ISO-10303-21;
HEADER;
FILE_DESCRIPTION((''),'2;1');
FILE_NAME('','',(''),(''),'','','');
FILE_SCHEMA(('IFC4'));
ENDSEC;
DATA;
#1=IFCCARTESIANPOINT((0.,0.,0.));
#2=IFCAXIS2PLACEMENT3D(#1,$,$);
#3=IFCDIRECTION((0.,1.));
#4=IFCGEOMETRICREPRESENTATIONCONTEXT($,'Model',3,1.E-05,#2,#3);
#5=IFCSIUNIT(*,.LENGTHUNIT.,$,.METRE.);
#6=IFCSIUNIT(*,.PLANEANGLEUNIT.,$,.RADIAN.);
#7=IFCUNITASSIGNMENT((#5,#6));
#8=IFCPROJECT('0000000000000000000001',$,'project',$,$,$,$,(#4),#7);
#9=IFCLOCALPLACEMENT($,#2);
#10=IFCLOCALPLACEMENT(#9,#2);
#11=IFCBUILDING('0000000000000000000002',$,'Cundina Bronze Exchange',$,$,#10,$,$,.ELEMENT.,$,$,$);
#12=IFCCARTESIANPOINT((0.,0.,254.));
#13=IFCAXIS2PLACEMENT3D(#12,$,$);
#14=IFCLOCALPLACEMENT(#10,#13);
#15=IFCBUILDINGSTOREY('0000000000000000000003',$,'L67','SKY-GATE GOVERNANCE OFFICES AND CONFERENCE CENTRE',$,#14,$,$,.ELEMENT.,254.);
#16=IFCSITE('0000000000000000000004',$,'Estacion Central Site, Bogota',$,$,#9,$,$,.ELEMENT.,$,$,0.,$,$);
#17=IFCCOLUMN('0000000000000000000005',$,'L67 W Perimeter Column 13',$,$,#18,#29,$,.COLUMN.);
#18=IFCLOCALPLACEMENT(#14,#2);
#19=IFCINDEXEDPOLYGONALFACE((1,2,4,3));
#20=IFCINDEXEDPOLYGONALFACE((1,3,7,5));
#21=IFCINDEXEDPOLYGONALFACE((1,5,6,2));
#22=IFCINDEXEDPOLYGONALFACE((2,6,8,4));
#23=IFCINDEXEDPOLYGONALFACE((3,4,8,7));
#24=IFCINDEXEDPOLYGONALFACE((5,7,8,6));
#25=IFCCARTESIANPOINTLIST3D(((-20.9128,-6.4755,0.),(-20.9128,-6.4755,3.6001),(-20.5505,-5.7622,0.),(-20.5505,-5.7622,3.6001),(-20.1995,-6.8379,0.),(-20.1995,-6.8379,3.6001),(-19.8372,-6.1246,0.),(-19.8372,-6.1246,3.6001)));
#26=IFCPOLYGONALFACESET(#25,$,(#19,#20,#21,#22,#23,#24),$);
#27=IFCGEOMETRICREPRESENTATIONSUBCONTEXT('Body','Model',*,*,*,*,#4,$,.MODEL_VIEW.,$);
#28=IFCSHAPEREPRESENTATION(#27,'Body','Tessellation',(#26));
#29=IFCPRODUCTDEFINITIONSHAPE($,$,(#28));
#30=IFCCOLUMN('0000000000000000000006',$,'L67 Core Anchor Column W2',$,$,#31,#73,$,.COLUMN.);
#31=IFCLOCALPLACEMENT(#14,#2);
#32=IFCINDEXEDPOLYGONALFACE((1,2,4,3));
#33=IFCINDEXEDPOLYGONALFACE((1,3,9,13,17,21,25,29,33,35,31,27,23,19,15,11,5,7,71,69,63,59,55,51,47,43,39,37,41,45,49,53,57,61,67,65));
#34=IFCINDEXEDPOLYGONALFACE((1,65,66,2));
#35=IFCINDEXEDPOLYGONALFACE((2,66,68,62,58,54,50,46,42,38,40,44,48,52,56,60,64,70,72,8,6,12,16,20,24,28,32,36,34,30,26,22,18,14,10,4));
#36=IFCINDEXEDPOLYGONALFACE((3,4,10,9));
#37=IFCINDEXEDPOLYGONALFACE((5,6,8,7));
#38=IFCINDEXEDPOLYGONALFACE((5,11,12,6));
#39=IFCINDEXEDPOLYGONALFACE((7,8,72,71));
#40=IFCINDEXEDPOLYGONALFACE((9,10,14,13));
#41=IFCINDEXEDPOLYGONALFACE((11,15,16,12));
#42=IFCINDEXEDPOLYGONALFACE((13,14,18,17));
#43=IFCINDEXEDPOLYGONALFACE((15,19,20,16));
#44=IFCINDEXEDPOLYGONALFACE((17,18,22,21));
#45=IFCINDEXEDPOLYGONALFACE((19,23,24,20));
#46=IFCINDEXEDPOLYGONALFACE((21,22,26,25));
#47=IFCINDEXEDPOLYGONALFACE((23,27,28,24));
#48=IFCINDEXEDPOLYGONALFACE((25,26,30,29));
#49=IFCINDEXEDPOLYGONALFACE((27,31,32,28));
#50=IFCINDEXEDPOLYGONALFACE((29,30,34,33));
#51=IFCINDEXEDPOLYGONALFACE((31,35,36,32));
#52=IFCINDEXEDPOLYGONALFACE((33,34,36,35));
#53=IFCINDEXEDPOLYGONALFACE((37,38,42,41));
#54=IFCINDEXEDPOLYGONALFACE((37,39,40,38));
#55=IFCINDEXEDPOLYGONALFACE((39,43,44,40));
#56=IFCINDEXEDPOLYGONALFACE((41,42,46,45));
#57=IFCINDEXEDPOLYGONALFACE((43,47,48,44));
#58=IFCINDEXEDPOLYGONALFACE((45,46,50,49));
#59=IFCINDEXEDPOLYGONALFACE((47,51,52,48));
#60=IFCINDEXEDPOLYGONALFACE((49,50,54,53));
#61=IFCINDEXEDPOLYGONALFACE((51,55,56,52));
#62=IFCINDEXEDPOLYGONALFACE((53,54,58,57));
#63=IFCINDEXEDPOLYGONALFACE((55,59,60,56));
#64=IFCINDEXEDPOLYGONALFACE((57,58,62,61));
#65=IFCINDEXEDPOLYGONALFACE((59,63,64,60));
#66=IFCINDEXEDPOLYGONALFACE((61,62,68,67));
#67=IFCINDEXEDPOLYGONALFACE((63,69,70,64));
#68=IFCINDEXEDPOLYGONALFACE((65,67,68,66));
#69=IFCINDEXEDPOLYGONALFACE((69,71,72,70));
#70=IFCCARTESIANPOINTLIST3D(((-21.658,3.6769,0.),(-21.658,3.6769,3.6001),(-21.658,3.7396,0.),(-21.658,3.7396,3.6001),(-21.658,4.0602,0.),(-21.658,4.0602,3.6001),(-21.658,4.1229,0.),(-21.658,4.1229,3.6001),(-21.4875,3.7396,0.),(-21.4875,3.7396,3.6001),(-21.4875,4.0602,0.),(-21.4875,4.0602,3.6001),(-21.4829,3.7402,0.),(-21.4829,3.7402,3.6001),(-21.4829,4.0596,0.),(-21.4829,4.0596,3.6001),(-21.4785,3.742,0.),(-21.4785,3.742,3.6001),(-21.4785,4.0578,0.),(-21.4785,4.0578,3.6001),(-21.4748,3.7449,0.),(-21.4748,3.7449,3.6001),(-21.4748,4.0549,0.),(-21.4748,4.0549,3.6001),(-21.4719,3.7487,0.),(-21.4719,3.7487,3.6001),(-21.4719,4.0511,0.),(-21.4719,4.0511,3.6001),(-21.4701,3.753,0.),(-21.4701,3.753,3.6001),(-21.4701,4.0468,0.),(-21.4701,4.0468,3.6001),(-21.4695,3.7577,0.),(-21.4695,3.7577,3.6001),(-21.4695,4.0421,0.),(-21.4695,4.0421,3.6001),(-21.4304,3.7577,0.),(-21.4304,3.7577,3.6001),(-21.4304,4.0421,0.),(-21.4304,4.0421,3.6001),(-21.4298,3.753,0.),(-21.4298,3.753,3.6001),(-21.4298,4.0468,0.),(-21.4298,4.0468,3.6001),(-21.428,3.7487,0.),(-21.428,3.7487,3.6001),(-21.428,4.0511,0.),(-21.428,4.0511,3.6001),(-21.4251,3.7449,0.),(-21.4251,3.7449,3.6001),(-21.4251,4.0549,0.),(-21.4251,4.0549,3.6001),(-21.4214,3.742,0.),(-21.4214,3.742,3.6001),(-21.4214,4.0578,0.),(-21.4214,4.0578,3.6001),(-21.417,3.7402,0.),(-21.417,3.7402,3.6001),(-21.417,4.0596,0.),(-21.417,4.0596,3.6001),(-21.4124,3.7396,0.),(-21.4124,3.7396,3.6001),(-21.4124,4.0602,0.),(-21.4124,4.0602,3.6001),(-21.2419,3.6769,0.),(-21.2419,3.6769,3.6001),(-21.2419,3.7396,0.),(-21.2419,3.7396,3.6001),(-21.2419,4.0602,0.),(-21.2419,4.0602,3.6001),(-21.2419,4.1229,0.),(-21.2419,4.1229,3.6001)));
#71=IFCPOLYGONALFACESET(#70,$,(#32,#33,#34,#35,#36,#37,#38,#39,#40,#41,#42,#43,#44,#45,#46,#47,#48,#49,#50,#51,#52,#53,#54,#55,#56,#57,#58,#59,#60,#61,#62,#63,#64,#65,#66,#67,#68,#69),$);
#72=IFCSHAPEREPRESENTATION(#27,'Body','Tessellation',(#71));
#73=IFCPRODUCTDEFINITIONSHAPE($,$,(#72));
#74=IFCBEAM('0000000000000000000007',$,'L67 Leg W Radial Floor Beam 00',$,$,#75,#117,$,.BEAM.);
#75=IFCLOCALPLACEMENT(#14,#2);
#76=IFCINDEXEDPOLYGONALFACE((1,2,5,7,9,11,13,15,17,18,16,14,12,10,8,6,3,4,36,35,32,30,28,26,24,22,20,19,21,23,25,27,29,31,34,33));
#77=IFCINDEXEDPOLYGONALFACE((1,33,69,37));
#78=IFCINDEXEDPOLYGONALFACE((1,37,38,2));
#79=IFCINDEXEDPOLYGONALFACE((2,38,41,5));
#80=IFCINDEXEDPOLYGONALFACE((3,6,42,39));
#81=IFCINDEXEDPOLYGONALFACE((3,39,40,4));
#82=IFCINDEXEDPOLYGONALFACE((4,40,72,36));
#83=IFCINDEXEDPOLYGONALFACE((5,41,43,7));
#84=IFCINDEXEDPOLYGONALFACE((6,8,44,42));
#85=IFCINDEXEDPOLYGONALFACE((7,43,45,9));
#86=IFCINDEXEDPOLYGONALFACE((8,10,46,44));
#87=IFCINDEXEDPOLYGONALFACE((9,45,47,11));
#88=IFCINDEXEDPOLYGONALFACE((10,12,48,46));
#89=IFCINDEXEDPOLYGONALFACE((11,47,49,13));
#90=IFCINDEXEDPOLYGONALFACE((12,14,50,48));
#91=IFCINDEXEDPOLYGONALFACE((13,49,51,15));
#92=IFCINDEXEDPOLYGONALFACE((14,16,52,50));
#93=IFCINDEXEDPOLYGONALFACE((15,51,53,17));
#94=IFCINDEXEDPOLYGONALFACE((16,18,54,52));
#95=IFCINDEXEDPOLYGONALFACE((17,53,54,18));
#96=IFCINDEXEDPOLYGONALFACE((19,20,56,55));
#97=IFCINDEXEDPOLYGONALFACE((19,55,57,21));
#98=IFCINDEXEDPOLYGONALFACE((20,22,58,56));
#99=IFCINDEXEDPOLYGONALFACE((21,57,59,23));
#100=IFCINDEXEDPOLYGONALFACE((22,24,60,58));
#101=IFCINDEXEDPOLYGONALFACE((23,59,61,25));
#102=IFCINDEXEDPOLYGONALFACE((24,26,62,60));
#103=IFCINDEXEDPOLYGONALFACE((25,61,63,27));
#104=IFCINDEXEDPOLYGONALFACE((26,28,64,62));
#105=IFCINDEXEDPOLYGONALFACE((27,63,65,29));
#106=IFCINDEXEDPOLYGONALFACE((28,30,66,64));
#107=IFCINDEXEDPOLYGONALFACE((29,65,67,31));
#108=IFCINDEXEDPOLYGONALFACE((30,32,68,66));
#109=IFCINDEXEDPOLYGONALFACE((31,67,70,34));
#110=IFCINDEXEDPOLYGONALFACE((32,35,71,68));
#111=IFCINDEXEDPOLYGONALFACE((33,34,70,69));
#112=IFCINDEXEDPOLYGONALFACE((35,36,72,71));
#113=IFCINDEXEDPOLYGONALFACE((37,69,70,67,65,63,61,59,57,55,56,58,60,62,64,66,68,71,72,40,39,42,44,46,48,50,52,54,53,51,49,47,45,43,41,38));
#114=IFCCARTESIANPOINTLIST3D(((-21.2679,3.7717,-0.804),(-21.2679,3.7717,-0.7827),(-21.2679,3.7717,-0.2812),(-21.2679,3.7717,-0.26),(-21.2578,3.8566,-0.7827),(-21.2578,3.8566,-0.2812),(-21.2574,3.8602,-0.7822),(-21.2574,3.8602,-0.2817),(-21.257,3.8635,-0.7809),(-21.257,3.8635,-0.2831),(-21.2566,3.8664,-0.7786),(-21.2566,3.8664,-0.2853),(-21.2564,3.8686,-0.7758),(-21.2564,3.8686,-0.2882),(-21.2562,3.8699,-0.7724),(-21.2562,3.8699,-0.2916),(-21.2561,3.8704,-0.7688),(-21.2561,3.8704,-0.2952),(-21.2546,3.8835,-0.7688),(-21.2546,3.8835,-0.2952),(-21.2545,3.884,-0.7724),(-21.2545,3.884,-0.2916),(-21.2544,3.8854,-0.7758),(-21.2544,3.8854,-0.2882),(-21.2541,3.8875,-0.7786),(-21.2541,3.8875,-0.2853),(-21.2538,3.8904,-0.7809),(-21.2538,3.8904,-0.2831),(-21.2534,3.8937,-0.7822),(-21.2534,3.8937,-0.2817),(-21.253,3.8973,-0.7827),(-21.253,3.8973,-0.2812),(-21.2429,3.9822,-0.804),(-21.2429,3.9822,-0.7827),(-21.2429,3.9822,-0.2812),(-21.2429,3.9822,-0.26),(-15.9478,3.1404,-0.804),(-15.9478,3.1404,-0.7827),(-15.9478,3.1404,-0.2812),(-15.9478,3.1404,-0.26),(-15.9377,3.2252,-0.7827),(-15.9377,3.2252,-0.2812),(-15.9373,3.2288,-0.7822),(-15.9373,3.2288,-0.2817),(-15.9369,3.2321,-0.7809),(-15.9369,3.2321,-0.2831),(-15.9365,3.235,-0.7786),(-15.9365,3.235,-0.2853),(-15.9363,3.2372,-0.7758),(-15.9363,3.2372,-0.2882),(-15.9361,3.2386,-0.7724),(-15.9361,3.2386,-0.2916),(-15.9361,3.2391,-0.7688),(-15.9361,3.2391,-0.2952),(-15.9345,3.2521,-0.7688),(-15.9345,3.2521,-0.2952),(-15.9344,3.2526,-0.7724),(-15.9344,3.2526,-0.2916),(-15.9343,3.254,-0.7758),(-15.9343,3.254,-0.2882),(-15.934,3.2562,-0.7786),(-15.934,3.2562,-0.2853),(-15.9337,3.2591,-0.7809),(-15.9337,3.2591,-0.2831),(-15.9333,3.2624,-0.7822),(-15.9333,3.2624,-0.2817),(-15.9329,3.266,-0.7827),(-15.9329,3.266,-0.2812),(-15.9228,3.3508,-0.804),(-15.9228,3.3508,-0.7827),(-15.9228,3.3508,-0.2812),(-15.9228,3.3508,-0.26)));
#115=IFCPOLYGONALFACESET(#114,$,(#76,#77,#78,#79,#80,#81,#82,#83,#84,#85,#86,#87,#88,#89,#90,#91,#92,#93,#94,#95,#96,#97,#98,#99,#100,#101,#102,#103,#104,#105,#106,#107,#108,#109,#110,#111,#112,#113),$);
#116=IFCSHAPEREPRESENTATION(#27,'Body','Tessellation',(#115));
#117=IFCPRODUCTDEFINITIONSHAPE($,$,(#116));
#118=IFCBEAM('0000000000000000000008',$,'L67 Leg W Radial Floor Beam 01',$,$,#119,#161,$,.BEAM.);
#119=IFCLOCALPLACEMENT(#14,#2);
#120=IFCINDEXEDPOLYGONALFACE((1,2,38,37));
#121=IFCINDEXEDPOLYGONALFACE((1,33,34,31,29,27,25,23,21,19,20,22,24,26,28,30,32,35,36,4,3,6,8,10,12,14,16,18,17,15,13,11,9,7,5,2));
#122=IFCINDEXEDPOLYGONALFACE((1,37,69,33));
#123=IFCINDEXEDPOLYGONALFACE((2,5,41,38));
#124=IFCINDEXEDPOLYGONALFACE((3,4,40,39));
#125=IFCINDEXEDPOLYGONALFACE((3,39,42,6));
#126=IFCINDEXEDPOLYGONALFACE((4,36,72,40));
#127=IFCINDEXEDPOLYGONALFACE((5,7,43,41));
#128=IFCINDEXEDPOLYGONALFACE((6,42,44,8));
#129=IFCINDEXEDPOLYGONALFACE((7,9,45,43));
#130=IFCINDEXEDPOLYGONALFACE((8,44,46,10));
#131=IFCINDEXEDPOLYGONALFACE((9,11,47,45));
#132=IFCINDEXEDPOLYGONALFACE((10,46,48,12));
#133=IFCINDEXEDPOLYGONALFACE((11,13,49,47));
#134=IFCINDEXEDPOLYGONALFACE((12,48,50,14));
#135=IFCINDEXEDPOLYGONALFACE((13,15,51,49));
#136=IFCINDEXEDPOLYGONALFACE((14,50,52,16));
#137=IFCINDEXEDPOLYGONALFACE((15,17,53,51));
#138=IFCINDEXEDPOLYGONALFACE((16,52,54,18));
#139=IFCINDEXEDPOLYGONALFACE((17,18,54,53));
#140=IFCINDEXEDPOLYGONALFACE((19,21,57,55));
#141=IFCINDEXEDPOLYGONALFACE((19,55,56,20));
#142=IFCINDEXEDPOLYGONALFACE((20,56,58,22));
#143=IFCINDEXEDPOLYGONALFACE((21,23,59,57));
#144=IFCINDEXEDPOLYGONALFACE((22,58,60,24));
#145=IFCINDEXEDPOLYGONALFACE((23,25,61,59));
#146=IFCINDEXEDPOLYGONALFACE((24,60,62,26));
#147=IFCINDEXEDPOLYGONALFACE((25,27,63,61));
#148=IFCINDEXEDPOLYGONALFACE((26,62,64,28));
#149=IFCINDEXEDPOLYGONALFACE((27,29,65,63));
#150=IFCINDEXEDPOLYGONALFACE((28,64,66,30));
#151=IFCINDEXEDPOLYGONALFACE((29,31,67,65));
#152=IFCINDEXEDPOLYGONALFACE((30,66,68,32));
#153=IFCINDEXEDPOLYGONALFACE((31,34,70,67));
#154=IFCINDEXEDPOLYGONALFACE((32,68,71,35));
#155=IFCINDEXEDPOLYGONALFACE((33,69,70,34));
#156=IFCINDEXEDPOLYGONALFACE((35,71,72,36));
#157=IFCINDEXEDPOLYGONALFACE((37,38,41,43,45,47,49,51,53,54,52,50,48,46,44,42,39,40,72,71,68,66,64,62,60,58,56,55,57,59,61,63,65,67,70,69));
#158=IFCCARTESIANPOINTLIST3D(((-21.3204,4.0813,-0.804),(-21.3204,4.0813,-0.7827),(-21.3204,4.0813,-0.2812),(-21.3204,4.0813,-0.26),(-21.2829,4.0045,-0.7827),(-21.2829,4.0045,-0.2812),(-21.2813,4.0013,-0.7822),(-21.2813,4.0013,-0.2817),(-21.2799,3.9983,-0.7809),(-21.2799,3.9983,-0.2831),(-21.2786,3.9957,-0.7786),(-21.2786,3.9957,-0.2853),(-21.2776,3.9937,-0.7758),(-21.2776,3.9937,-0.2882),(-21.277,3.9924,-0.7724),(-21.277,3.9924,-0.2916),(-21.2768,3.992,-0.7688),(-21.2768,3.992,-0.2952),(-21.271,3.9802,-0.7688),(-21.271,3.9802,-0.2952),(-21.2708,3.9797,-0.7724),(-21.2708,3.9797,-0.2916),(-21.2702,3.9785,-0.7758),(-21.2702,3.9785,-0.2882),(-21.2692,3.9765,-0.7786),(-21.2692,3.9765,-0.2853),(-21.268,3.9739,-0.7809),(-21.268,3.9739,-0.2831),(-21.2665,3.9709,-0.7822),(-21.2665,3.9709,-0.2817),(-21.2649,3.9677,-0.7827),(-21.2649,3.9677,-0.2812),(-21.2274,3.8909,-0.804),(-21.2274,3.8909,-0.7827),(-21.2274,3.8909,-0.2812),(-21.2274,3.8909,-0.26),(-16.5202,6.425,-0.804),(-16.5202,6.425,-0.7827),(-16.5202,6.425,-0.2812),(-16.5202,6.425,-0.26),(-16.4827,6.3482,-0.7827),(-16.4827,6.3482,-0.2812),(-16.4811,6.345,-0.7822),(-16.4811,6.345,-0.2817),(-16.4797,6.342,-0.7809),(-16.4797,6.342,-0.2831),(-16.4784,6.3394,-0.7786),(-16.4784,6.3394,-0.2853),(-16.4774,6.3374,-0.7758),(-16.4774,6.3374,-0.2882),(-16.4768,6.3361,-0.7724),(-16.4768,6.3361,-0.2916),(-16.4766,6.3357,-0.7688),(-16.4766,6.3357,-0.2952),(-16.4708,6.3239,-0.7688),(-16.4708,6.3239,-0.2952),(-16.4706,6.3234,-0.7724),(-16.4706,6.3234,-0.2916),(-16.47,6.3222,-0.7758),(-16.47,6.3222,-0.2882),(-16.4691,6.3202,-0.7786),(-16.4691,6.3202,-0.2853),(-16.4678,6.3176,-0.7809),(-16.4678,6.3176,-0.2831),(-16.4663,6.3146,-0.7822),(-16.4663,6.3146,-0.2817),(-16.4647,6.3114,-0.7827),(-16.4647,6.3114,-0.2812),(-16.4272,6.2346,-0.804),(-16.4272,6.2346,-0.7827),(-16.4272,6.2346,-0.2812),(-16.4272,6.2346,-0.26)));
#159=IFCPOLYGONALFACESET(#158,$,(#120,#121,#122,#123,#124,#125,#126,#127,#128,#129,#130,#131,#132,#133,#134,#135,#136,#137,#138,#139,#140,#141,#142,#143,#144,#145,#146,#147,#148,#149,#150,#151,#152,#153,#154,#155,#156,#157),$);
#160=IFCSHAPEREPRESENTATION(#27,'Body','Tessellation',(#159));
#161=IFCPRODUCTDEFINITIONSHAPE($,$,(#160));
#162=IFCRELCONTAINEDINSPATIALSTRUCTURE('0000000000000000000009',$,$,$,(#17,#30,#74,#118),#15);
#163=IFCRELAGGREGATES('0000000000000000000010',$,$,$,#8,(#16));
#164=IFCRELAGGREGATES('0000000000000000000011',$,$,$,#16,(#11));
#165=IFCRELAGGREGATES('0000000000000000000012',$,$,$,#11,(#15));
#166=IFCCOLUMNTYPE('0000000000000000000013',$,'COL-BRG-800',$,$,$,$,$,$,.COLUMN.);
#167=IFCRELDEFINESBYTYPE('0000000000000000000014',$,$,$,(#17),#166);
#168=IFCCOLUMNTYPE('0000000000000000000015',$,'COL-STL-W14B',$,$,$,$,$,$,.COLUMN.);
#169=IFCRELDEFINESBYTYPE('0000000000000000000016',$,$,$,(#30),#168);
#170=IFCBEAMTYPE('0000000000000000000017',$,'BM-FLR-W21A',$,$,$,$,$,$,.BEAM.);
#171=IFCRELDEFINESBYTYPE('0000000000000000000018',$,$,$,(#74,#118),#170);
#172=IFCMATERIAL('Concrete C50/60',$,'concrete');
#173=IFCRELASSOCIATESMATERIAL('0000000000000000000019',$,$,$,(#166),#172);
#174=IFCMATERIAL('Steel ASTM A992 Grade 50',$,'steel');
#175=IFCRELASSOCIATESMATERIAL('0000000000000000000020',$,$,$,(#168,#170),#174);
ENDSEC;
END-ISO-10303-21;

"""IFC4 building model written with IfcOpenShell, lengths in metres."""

from ifc_helpers import new_model, si_unit, direction, frame, origin, origin_2d, place, context, subcontext, project, spatial, rectangle, i_section, extrude, material, material_profile, profile_set, type_object, element, save


model = new_model("IFC4")

# Units and contexts
model_context = context("Model", 3, precision=1e-05, world=origin(), true_north=direction((0.0, 1.0)))
body_context = subcontext(model_context, "Body", "Model", "MODEL_VIEW")
ifc_project = project(units=[si_unit("LENGTHUNIT", "METRE"), si_unit("PLANEANGLEUNIT", "RADIAN")], contexts=[model_context])

# Site, building, storey
site_placement = place(None, origin())
site = spatial("IfcSite", under=ifc_project, at=site_placement, Name="Estacion Central Site, Bogota", CompositionType="ELEMENT", RefElevation=0.0)
building_placement = place(site_placement, origin())
building = spatial("IfcBuilding", under=site, at=building_placement, Name="Cundina Bronze Exchange", CompositionType="ELEMENT")
storey_placement = place(building_placement, frame((0.0, 0.0, 254.0)))
storey = spatial("IfcBuildingStorey", under=building, at=storey_placement, Name="L67", Description="SKY-GATE GOVERNANCE OFFICES AND CONFERENCE CENTRE", CompositionType="ELEMENT", Elevation=254.0)

# Columns
ifc_material_1 = material(Name="Concrete C50/60", Category="concrete")
ifc_material_profile_1 = material_profile(ifc_material_1, rectangle(XDim=0.8, YDim=0.8, at=origin_2d()), Name="RC800X800", Category="concrete")
ifc_profile_set_1 = profile_set([ifc_material_profile_1], Name="Concrete C50/60")
column_type_1 = type_object("IfcColumnType", Name="COL-BRG-800", PredefinedType="COLUMN", material=ifc_profile_set_1)
column_1_placement = place(storey_placement, frame((-20.375, -6.3, 0.0), z_axis=(0.0, 0.0, 1.0), x_axis=(0.452902, 0.891561, 0.0)))
element("IfcColumn", 1, at=column_1_placement, inside=storey, type_object=column_type_1, Name="L67 W Perimeter Column 13", PredefinedType="COLUMN", context=body_context, shape_type="SweptSolid", body=[
    extrude(rectangle(XDim=0.8, YDim=0.8, at=origin_2d()), origin(), (0.0, 0.0, 1.0), 3.6001),
])
ifc_material_2 = material(Name="Steel ASTM A992 Grade 50", Category="steel")
ifc_material_profile_2 = material_profile(ifc_material_2, i_section(OverallWidth=0.416, OverallDepth=0.446, WebThickness=0.0391, FlangeThickness=0.0627, FilletRadius=0.0181, at=origin_2d()), Name="W14X342", Category="steel")
ifc_profile_set_2 = profile_set([ifc_material_profile_2], Name="Steel ASTM A992 Grade 50")
column_type_2 = type_object("IfcColumnType", Name="COL-STL-W14B", PredefinedType="COLUMN", material=ifc_profile_set_2)
column_2_placement = place(storey_placement, frame((-21.45, 3.8999, 0.0), z_axis=(0.0, 0.0, 1.0), x_axis=(1.0, 0.0, 0.0)))
element("IfcColumn", 2, at=column_2_placement, inside=storey, type_object=column_type_2, Name="L67 Core Anchor Column W2", PredefinedType="COLUMN", context=body_context, shape_type="SweptSolid", body=[
    extrude(i_section(OverallWidth=0.416, OverallDepth=0.446, WebThickness=0.0391, FlangeThickness=0.0627, FilletRadius=0.0181, at=origin_2d()), origin(), (0.0, 0.0, 1.0), 3.6001),
])

# Beams
ifc_material_profile_3 = material_profile(ifc_material_2, i_section(OverallWidth=0.2119, OverallDepth=0.5439, WebThickness=0.0132, FlangeThickness=0.0212, FilletRadius=0.0139, at=origin_2d()), Name="W21X83", Category="steel")
ifc_profile_set_3 = profile_set([ifc_material_profile_3], Name="Steel ASTM A992 Grade 50")
beam_type_1 = type_object("IfcBeamType", Name="BM-FLR-W21A", PredefinedType="BEAM", material=ifc_profile_set_3)
beam_1_placement = place(storey_placement, frame((-21.2554, 3.877, -0.532), z_axis=(0.993032, -0.117846, 0.0), x_axis=(0.117846, 0.993032, 0.0)))
element("IfcBeam", 3, at=beam_1_placement, inside=storey, type_object=beam_type_1, Name="L67 Leg W Radial Floor Beam 00", PredefinedType="BEAM", context=body_context, shape_type="SweptSolid", body=[
    extrude(i_section(OverallWidth=0.2119, OverallDepth=0.5439, WebThickness=0.0132, FlangeThickness=0.0212, FilletRadius=0.0139, at=origin_2d()), origin(), (0.0, 0.0, 1.0), 5.3574),
])
beam_2_placement = place(storey_placement, frame((-21.2739, 3.9861, -0.532), z_axis=(0.89861, 0.438748, 0.0), x_axis=(-0.438748, 0.89861, 0.0)))
element("IfcBeam", 4, at=beam_2_placement, inside=storey, type_object=beam_type_1, Name="L67 Leg W Radial Floor Beam 01", PredefinedType="BEAM", context=body_context, shape_type="SweptSolid", body=[
    extrude(i_section(OverallWidth=0.2119, OverallDepth=0.5439, WebThickness=0.0132, FlangeThickness=0.0212, FilletRadius=0.0139, at=origin_2d()), origin(), (0.0, 0.0, 1.0), 5.3418),
])

save(model, "model.ifc")
